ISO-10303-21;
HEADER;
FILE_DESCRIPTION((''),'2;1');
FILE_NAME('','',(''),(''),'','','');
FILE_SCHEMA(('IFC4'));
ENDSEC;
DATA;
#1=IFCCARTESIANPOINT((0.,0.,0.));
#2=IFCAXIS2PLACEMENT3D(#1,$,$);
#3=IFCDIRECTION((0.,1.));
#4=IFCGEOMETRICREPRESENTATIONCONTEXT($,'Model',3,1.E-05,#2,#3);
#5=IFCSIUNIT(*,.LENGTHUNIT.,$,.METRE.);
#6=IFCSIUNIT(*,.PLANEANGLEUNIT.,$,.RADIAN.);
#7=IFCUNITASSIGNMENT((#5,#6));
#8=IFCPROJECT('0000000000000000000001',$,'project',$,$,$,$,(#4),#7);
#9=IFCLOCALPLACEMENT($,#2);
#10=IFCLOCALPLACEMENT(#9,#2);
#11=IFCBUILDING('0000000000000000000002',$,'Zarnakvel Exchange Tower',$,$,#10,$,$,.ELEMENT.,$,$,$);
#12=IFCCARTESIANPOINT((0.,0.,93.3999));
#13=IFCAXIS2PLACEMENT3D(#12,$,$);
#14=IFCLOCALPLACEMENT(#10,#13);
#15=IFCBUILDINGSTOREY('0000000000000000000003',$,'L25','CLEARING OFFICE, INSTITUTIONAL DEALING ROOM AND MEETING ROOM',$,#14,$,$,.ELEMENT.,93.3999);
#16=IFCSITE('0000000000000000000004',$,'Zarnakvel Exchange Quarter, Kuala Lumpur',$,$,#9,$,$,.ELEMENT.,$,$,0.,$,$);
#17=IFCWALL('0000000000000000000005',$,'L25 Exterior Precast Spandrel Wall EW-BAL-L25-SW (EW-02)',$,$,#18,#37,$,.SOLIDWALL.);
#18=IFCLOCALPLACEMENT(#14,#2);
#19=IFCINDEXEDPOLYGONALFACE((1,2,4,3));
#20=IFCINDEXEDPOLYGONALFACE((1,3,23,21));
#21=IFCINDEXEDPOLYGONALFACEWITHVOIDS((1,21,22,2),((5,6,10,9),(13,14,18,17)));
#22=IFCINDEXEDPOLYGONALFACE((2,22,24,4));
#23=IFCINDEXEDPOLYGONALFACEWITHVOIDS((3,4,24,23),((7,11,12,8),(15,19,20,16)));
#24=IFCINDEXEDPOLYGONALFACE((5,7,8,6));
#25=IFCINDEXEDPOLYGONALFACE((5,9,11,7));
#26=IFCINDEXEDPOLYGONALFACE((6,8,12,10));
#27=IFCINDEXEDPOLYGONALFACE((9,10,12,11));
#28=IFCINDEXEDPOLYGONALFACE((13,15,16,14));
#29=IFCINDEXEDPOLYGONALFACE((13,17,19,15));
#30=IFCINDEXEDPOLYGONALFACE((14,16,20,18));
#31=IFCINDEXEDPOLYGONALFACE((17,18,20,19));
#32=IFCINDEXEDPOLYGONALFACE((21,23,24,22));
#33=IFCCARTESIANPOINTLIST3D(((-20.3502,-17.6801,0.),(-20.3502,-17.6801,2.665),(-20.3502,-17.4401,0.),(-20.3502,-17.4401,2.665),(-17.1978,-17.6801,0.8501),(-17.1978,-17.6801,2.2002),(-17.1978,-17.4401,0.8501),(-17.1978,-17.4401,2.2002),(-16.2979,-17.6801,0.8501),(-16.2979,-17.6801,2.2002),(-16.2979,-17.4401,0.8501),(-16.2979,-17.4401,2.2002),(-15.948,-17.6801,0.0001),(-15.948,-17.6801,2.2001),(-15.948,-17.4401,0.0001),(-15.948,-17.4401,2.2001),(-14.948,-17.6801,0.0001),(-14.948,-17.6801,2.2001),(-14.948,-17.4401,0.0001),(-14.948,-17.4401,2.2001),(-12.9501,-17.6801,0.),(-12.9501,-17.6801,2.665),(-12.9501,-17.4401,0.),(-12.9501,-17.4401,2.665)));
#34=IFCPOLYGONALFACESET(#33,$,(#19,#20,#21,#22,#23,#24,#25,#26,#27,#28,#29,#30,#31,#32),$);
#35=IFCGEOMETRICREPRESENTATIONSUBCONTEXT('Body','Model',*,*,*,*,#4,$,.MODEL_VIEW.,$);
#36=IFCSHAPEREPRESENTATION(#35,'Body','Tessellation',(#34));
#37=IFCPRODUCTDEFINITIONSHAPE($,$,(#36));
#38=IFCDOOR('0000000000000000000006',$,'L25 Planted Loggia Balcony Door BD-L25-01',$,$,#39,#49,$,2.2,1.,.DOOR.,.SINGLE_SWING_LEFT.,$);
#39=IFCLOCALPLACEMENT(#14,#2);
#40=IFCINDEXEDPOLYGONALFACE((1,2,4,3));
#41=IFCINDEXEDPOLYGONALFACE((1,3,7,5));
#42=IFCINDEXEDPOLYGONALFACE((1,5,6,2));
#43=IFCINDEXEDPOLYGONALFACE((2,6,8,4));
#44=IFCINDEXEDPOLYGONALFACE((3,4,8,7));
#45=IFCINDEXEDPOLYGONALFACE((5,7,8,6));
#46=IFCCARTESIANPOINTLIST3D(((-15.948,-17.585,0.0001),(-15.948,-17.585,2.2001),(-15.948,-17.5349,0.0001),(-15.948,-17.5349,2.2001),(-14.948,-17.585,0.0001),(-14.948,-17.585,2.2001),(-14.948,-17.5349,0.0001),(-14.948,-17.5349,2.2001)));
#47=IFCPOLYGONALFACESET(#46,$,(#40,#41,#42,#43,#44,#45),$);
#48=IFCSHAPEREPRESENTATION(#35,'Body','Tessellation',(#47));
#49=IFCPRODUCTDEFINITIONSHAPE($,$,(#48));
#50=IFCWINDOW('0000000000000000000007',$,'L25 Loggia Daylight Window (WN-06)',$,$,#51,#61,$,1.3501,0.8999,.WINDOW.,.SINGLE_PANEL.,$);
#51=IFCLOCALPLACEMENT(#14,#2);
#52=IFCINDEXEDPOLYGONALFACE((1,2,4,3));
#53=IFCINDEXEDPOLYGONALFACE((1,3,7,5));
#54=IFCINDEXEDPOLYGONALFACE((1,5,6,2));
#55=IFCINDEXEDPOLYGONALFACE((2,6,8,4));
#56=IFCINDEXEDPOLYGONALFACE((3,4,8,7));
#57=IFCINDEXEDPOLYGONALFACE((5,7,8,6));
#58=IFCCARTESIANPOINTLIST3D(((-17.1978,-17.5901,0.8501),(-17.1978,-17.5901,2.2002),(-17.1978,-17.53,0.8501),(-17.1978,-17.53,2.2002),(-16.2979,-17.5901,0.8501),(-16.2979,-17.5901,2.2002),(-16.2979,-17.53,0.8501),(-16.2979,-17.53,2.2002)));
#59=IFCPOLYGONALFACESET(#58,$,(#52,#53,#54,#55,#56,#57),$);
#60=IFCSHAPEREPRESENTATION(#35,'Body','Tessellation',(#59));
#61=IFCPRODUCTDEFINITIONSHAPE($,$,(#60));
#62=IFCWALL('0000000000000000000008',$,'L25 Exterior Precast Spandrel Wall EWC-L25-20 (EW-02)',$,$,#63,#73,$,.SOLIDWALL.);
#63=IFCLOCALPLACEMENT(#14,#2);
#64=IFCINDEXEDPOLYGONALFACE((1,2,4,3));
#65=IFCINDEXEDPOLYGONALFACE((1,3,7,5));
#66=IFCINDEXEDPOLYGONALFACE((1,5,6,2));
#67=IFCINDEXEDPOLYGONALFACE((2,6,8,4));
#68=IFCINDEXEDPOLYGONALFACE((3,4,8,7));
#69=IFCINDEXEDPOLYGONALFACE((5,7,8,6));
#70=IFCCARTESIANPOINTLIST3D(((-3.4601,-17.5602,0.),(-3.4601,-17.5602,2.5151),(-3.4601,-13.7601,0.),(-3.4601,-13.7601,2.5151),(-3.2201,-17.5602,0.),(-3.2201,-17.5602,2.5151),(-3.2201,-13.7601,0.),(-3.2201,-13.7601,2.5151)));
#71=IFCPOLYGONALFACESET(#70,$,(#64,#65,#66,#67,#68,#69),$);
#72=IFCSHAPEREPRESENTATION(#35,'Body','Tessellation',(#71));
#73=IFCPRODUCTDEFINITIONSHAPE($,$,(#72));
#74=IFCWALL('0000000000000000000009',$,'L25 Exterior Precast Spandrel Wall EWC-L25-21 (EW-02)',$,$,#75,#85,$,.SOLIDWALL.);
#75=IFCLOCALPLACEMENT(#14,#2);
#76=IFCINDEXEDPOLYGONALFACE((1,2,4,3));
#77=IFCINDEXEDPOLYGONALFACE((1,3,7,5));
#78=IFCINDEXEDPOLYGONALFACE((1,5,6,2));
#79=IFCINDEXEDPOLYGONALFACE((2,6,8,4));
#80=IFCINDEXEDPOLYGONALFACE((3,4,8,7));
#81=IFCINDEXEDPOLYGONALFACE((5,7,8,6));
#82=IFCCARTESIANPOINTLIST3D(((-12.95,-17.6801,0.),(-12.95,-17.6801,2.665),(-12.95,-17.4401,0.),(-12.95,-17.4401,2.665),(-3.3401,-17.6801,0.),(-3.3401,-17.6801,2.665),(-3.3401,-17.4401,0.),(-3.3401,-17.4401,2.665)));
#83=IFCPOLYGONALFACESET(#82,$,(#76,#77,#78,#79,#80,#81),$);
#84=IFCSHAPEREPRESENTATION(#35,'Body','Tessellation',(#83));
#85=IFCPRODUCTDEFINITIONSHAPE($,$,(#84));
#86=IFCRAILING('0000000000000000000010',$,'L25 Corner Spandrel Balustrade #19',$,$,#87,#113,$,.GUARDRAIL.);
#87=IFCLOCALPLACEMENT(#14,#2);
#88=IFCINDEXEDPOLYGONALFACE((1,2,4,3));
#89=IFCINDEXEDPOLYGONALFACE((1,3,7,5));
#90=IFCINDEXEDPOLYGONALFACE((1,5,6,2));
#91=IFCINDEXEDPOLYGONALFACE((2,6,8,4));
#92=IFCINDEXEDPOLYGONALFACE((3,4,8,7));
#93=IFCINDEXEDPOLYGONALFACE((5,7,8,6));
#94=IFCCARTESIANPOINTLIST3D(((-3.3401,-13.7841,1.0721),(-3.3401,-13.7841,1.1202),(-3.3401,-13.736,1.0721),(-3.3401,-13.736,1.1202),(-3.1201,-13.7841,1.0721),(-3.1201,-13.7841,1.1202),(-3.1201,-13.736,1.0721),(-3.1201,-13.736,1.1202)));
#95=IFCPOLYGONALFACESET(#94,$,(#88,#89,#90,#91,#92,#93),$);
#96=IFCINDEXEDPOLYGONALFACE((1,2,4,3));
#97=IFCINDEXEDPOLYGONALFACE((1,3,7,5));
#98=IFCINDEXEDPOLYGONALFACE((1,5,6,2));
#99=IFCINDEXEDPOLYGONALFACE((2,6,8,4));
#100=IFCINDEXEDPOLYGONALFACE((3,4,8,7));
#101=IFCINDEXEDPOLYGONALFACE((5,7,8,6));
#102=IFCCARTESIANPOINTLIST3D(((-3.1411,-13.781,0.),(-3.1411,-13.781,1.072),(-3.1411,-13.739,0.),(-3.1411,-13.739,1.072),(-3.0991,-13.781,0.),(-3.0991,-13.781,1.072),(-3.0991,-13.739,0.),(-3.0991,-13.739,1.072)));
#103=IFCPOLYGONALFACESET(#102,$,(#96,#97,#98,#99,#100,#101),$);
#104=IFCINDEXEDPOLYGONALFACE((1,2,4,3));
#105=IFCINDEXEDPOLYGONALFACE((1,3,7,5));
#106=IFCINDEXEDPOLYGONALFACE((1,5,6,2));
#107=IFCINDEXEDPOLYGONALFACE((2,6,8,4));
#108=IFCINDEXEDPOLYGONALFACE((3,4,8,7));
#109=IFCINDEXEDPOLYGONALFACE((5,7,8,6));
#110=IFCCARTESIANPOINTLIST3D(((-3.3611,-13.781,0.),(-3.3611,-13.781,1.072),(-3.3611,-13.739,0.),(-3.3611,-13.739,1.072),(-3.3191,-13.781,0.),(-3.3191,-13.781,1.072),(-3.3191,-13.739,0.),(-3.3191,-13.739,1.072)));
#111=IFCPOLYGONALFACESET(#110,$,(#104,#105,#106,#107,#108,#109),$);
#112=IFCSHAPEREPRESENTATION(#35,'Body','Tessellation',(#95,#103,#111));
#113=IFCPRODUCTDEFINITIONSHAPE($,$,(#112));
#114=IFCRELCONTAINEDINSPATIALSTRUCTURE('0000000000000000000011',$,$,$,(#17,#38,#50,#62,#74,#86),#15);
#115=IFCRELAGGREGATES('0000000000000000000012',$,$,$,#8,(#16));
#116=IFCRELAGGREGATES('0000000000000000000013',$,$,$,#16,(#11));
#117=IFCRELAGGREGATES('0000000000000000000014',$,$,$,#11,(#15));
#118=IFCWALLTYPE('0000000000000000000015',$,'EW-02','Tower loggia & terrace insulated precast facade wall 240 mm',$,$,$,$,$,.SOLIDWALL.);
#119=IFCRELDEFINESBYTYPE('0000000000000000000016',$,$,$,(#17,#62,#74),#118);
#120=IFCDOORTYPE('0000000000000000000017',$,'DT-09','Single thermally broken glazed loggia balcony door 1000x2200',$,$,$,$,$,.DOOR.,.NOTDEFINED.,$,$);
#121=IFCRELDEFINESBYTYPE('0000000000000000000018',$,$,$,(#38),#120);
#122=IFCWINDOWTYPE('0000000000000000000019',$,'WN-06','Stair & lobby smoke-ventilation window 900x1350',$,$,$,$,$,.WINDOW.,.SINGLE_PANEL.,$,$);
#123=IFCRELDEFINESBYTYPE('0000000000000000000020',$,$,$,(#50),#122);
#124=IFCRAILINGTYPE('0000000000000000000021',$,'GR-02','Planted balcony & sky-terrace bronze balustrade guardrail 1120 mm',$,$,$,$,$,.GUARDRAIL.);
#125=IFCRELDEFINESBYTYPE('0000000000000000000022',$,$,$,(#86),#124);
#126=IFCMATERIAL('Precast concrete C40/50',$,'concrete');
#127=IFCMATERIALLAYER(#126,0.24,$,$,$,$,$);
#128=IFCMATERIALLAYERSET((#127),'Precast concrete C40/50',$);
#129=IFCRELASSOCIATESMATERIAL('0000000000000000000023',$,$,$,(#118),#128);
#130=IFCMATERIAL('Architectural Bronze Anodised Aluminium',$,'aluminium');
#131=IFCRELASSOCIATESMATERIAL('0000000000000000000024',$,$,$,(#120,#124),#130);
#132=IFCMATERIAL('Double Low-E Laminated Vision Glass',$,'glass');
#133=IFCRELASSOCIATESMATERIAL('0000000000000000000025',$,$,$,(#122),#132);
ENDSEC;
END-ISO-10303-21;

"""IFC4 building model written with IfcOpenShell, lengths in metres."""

from ifc_helpers import new_model, si_unit, direction, frame, frame_2d, origin, origin_2d, place, context, subcontext, project, spatial, rectangle, extrude, source, transform, mapped, material, layer, layer_set, type_object, element, fill, save


model = new_model("IFC4")

# Units and contexts
model_context = context("Model", 3, precision=1e-05, world=origin(), true_north=direction((0.0, 1.0)))
body_context = subcontext(model_context, "Body", "Model", "MODEL_VIEW")
ifc_project = project(units=[si_unit("LENGTHUNIT", "METRE"), si_unit("PLANEANGLEUNIT", "RADIAN")], contexts=[model_context])

# Site, building, storey
site_placement = place(None, origin())
site = spatial("IfcSite", under=ifc_project, at=site_placement, Name="Zarnakvel Exchange Quarter, Kuala Lumpur", CompositionType="ELEMENT", RefElevation=0.0)
building_placement = place(site_placement, origin())
building = spatial("IfcBuilding", under=site, at=building_placement, Name="Zarnakvel Exchange Tower", CompositionType="ELEMENT")
storey_placement = place(building_placement, frame((0.0, 0.0, 93.3999)))
storey = spatial("IfcBuildingStorey", under=building, at=storey_placement, Name="L25", Description="CLEARING OFFICE, INSTITUTIONAL DEALING ROOM AND MEETING ROOM", CompositionType="ELEMENT", Elevation=93.3999)

# Shared definitions
ifc_material_1 = material(Name="Architectural Bronze Anodised Aluminium", Category="aluminium")

# Shared definitions
ifc_material_2 = material(Name="Double Low-E Laminated Vision Glass", Category="glass")

# Wall, openings, door, window
ifc_material_3 = material(Name="Precast concrete C40/50", Category="concrete")
ifc_layer_1 = layer(ifc_material_3, 0.24)
ifc_layer_set_1 = layer_set([ifc_layer_1], Name="Precast concrete C40/50")
wall_type = type_object("IfcWallType", Name="EW-02", Description="Tower loggia & terrace insulated precast facade wall 240 mm", PredefinedType="SOLIDWALL", material=ifc_layer_set_1)
wall_1_placement = place(storey_placement, frame((-12.95, -17.5601, 0.0), z_axis=(0.0, 0.0, 1.0), x_axis=(-1.0, 0.0, 0.0)))
wall_1 = element("IfcWall", 1, at=wall_1_placement, inside=storey, type_object=wall_type, Name="L25 Exterior Precast Spandrel Wall EW-BAL-L25-SW (EW-02)", PredefinedType="SOLIDWALL", context=body_context, shape_type="SweptSolid", body=[
    extrude(rectangle(XDim=7.4001, YDim=0.24, at=frame_2d((3.7002, 0.0))), origin(), (0.0, 0.0, 1.0), 2.665),
])
opening_1_placement = place(wall_1_placement, frame((1.998, 0.0, 0.0)))
opening_1 = element("IfcOpeningElement", 2, at=opening_1_placement, cuts=wall_1, PredefinedType="OPENING", context=body_context, shape_type="SweptSolid", body=[
    extrude(rectangle(XDim=1.0, YDim=2.2, at=frame_2d((0.5, 1.1001))), frame((0.0, 0.1299, 0.0), z_axis=(0.0, -1.0, 0.0), x_axis=(1.0, 0.0, 0.0)), (0.0, 0.0, 1.0), 0.26),
])
opening_2_placement = place(wall_1_placement, frame((3.3479, 0.0, 0.8501)))
opening_2 = element("IfcOpeningElement", 3, at=opening_2_placement, cuts=wall_1, PredefinedType="OPENING", context=body_context, shape_type="SweptSolid", body=[
    extrude(rectangle(XDim=0.8999, YDim=1.3501, at=frame_2d((0.45, 0.675))), frame((0.0, 0.1299, 0.0), z_axis=(0.0, -1.0, 0.0), x_axis=(1.0, 0.0, 0.0)), (0.0, 0.0, 1.0), 0.26),
])
door_type = type_object("IfcDoorType", Name="DT-09", Description="Single thermally broken glazed loggia balcony door 1000x2200", OperationType="NOTDEFINED", PredefinedType="DOOR", material=ifc_material_1)
shared_shape_1 = source(origin(), body_context, "Body", "SweptSolid", [
    extrude(rectangle(XDim=1.0, YDim=2.2, at=frame_2d((0.5, 1.1001))), frame((0.0, 0.0249, 0.0), z_axis=(0.0, -1.0, 0.0), x_axis=(1.0, 0.0, 0.0)), (0.0, 0.0, 1.0), 0.05),
])
door_placement = place(opening_1_placement, origin())
door = element("IfcDoor", 4, at=door_placement, inside=storey, type_object=door_type, Name="L25 Planted Loggia Balcony Door BD-L25-01", OperationType="SINGLE_SWING_LEFT", OverallHeight=2.2, OverallWidth=1.0, PredefinedType="DOOR", context=body_context, shape_type="MappedRepresentation", body=[
    mapped(shared_shape_1, transform((0.0, 0.0, 0.0), x_axis=(1.0, 0.0, 0.0), y_axis=(0.0, 1.0, 0.0), z_axis=(0.0, 0.0, 1.0), scale=1.0)),
])
fill(opening_1, door)
window_type = type_object("IfcWindowType", Name="WN-06", Description="Stair & lobby smoke-ventilation window 900x1350", PartitioningType="SINGLE_PANEL", PredefinedType="WINDOW", material=ifc_material_2)
shared_shape_2 = source(origin(), body_context, "Body", "SweptSolid", [
    extrude(rectangle(XDim=0.8999, YDim=1.3501, at=frame_2d((0.45, 0.675))), frame((0.0, 0.03, 0.0), z_axis=(0.0, -1.0, 0.0), x_axis=(1.0, 0.0, 0.0)), (0.0, 0.0, 1.0), 0.0601),
])
window_placement = place(opening_2_placement, origin())
window = element("IfcWindow", 5, at=window_placement, inside=storey, type_object=window_type, Name="L25 Loggia Daylight Window (WN-06)", OverallHeight=1.3501, OverallWidth=0.8999, PartitioningType="SINGLE_PANEL", PredefinedType="WINDOW", context=body_context, shape_type="MappedRepresentation", body=[
    mapped(shared_shape_2, transform((0.0, 0.0, 0.0), x_axis=(1.0, 0.0, 0.0), y_axis=(0.0, 1.0, 0.0), z_axis=(0.0, 0.0, 1.0), scale=1.0)),
])
fill(opening_2, window)

# Walls
wall_2_placement = place(storey_placement, frame((-3.3401, -17.5601, 0.0), z_axis=(0.0, 0.0, 1.0), x_axis=(0.0, 1.0, 0.0)))
element("IfcWall", 6, at=wall_2_placement, inside=storey, type_object=wall_type, Name="L25 Exterior Precast Spandrel Wall EWC-L25-20 (EW-02)", PredefinedType="SOLIDWALL", context=body_context, shape_type="SweptSolid", body=[
    extrude(rectangle(XDim=3.8, YDim=0.24, at=frame_2d((1.8999, 0.0))), origin(), (0.0, 0.0, 1.0), 2.5151),
])
wall_3_placement = place(storey_placement, frame((-12.95, -17.5601, 0.0), z_axis=(0.0, 0.0, 1.0), x_axis=(1.0, 0.0, 0.0)))
element("IfcWall", 7, at=wall_3_placement, inside=storey, type_object=wall_type, Name="L25 Exterior Precast Spandrel Wall EWC-L25-21 (EW-02)", PredefinedType="SOLIDWALL", context=body_context, shape_type="SweptSolid", body=[
    extrude(rectangle(XDim=9.6099, YDim=0.24, at=frame_2d((4.8049, 0.0))), origin(), (0.0, 0.0, 1.0), 2.665),
])

# Railing
railing_type = type_object("IfcRailingType", Name="GR-02", Description="Planted balcony & sky-terrace bronze balustrade guardrail 1120 mm", PredefinedType="GUARDRAIL", material=ifc_material_1)
railing_placement = place(storey_placement, frame((-3.1201, -13.76, 0.0)))
element("IfcRailing", 8, at=railing_placement, inside=storey, type_object=railing_type, Name="L25 Corner Spandrel Balustrade #19", PredefinedType="GUARDRAIL", context=body_context, shape_type="SweptSolid", body=[
    extrude(rectangle(XDim=0.0481, YDim=0.0481, at=origin_2d()), frame((0.0, 0.0, 1.0962), z_axis=(-1.0, 0.0, 0.0), x_axis=(0.0, -1.0, 0.0)), (0.0, 0.0, 1.0), 0.22),
    extrude(rectangle(XDim=0.042, YDim=0.042, at=origin_2d()), origin(), (0.0, 0.0, 1.0), 1.072),
    extrude(rectangle(XDim=0.042, YDim=0.042, at=origin_2d()), frame((-0.22, 0.0, 0.0)), (0.0, 0.0, 1.0), 1.072),
])

save(model, "model.ifc")
